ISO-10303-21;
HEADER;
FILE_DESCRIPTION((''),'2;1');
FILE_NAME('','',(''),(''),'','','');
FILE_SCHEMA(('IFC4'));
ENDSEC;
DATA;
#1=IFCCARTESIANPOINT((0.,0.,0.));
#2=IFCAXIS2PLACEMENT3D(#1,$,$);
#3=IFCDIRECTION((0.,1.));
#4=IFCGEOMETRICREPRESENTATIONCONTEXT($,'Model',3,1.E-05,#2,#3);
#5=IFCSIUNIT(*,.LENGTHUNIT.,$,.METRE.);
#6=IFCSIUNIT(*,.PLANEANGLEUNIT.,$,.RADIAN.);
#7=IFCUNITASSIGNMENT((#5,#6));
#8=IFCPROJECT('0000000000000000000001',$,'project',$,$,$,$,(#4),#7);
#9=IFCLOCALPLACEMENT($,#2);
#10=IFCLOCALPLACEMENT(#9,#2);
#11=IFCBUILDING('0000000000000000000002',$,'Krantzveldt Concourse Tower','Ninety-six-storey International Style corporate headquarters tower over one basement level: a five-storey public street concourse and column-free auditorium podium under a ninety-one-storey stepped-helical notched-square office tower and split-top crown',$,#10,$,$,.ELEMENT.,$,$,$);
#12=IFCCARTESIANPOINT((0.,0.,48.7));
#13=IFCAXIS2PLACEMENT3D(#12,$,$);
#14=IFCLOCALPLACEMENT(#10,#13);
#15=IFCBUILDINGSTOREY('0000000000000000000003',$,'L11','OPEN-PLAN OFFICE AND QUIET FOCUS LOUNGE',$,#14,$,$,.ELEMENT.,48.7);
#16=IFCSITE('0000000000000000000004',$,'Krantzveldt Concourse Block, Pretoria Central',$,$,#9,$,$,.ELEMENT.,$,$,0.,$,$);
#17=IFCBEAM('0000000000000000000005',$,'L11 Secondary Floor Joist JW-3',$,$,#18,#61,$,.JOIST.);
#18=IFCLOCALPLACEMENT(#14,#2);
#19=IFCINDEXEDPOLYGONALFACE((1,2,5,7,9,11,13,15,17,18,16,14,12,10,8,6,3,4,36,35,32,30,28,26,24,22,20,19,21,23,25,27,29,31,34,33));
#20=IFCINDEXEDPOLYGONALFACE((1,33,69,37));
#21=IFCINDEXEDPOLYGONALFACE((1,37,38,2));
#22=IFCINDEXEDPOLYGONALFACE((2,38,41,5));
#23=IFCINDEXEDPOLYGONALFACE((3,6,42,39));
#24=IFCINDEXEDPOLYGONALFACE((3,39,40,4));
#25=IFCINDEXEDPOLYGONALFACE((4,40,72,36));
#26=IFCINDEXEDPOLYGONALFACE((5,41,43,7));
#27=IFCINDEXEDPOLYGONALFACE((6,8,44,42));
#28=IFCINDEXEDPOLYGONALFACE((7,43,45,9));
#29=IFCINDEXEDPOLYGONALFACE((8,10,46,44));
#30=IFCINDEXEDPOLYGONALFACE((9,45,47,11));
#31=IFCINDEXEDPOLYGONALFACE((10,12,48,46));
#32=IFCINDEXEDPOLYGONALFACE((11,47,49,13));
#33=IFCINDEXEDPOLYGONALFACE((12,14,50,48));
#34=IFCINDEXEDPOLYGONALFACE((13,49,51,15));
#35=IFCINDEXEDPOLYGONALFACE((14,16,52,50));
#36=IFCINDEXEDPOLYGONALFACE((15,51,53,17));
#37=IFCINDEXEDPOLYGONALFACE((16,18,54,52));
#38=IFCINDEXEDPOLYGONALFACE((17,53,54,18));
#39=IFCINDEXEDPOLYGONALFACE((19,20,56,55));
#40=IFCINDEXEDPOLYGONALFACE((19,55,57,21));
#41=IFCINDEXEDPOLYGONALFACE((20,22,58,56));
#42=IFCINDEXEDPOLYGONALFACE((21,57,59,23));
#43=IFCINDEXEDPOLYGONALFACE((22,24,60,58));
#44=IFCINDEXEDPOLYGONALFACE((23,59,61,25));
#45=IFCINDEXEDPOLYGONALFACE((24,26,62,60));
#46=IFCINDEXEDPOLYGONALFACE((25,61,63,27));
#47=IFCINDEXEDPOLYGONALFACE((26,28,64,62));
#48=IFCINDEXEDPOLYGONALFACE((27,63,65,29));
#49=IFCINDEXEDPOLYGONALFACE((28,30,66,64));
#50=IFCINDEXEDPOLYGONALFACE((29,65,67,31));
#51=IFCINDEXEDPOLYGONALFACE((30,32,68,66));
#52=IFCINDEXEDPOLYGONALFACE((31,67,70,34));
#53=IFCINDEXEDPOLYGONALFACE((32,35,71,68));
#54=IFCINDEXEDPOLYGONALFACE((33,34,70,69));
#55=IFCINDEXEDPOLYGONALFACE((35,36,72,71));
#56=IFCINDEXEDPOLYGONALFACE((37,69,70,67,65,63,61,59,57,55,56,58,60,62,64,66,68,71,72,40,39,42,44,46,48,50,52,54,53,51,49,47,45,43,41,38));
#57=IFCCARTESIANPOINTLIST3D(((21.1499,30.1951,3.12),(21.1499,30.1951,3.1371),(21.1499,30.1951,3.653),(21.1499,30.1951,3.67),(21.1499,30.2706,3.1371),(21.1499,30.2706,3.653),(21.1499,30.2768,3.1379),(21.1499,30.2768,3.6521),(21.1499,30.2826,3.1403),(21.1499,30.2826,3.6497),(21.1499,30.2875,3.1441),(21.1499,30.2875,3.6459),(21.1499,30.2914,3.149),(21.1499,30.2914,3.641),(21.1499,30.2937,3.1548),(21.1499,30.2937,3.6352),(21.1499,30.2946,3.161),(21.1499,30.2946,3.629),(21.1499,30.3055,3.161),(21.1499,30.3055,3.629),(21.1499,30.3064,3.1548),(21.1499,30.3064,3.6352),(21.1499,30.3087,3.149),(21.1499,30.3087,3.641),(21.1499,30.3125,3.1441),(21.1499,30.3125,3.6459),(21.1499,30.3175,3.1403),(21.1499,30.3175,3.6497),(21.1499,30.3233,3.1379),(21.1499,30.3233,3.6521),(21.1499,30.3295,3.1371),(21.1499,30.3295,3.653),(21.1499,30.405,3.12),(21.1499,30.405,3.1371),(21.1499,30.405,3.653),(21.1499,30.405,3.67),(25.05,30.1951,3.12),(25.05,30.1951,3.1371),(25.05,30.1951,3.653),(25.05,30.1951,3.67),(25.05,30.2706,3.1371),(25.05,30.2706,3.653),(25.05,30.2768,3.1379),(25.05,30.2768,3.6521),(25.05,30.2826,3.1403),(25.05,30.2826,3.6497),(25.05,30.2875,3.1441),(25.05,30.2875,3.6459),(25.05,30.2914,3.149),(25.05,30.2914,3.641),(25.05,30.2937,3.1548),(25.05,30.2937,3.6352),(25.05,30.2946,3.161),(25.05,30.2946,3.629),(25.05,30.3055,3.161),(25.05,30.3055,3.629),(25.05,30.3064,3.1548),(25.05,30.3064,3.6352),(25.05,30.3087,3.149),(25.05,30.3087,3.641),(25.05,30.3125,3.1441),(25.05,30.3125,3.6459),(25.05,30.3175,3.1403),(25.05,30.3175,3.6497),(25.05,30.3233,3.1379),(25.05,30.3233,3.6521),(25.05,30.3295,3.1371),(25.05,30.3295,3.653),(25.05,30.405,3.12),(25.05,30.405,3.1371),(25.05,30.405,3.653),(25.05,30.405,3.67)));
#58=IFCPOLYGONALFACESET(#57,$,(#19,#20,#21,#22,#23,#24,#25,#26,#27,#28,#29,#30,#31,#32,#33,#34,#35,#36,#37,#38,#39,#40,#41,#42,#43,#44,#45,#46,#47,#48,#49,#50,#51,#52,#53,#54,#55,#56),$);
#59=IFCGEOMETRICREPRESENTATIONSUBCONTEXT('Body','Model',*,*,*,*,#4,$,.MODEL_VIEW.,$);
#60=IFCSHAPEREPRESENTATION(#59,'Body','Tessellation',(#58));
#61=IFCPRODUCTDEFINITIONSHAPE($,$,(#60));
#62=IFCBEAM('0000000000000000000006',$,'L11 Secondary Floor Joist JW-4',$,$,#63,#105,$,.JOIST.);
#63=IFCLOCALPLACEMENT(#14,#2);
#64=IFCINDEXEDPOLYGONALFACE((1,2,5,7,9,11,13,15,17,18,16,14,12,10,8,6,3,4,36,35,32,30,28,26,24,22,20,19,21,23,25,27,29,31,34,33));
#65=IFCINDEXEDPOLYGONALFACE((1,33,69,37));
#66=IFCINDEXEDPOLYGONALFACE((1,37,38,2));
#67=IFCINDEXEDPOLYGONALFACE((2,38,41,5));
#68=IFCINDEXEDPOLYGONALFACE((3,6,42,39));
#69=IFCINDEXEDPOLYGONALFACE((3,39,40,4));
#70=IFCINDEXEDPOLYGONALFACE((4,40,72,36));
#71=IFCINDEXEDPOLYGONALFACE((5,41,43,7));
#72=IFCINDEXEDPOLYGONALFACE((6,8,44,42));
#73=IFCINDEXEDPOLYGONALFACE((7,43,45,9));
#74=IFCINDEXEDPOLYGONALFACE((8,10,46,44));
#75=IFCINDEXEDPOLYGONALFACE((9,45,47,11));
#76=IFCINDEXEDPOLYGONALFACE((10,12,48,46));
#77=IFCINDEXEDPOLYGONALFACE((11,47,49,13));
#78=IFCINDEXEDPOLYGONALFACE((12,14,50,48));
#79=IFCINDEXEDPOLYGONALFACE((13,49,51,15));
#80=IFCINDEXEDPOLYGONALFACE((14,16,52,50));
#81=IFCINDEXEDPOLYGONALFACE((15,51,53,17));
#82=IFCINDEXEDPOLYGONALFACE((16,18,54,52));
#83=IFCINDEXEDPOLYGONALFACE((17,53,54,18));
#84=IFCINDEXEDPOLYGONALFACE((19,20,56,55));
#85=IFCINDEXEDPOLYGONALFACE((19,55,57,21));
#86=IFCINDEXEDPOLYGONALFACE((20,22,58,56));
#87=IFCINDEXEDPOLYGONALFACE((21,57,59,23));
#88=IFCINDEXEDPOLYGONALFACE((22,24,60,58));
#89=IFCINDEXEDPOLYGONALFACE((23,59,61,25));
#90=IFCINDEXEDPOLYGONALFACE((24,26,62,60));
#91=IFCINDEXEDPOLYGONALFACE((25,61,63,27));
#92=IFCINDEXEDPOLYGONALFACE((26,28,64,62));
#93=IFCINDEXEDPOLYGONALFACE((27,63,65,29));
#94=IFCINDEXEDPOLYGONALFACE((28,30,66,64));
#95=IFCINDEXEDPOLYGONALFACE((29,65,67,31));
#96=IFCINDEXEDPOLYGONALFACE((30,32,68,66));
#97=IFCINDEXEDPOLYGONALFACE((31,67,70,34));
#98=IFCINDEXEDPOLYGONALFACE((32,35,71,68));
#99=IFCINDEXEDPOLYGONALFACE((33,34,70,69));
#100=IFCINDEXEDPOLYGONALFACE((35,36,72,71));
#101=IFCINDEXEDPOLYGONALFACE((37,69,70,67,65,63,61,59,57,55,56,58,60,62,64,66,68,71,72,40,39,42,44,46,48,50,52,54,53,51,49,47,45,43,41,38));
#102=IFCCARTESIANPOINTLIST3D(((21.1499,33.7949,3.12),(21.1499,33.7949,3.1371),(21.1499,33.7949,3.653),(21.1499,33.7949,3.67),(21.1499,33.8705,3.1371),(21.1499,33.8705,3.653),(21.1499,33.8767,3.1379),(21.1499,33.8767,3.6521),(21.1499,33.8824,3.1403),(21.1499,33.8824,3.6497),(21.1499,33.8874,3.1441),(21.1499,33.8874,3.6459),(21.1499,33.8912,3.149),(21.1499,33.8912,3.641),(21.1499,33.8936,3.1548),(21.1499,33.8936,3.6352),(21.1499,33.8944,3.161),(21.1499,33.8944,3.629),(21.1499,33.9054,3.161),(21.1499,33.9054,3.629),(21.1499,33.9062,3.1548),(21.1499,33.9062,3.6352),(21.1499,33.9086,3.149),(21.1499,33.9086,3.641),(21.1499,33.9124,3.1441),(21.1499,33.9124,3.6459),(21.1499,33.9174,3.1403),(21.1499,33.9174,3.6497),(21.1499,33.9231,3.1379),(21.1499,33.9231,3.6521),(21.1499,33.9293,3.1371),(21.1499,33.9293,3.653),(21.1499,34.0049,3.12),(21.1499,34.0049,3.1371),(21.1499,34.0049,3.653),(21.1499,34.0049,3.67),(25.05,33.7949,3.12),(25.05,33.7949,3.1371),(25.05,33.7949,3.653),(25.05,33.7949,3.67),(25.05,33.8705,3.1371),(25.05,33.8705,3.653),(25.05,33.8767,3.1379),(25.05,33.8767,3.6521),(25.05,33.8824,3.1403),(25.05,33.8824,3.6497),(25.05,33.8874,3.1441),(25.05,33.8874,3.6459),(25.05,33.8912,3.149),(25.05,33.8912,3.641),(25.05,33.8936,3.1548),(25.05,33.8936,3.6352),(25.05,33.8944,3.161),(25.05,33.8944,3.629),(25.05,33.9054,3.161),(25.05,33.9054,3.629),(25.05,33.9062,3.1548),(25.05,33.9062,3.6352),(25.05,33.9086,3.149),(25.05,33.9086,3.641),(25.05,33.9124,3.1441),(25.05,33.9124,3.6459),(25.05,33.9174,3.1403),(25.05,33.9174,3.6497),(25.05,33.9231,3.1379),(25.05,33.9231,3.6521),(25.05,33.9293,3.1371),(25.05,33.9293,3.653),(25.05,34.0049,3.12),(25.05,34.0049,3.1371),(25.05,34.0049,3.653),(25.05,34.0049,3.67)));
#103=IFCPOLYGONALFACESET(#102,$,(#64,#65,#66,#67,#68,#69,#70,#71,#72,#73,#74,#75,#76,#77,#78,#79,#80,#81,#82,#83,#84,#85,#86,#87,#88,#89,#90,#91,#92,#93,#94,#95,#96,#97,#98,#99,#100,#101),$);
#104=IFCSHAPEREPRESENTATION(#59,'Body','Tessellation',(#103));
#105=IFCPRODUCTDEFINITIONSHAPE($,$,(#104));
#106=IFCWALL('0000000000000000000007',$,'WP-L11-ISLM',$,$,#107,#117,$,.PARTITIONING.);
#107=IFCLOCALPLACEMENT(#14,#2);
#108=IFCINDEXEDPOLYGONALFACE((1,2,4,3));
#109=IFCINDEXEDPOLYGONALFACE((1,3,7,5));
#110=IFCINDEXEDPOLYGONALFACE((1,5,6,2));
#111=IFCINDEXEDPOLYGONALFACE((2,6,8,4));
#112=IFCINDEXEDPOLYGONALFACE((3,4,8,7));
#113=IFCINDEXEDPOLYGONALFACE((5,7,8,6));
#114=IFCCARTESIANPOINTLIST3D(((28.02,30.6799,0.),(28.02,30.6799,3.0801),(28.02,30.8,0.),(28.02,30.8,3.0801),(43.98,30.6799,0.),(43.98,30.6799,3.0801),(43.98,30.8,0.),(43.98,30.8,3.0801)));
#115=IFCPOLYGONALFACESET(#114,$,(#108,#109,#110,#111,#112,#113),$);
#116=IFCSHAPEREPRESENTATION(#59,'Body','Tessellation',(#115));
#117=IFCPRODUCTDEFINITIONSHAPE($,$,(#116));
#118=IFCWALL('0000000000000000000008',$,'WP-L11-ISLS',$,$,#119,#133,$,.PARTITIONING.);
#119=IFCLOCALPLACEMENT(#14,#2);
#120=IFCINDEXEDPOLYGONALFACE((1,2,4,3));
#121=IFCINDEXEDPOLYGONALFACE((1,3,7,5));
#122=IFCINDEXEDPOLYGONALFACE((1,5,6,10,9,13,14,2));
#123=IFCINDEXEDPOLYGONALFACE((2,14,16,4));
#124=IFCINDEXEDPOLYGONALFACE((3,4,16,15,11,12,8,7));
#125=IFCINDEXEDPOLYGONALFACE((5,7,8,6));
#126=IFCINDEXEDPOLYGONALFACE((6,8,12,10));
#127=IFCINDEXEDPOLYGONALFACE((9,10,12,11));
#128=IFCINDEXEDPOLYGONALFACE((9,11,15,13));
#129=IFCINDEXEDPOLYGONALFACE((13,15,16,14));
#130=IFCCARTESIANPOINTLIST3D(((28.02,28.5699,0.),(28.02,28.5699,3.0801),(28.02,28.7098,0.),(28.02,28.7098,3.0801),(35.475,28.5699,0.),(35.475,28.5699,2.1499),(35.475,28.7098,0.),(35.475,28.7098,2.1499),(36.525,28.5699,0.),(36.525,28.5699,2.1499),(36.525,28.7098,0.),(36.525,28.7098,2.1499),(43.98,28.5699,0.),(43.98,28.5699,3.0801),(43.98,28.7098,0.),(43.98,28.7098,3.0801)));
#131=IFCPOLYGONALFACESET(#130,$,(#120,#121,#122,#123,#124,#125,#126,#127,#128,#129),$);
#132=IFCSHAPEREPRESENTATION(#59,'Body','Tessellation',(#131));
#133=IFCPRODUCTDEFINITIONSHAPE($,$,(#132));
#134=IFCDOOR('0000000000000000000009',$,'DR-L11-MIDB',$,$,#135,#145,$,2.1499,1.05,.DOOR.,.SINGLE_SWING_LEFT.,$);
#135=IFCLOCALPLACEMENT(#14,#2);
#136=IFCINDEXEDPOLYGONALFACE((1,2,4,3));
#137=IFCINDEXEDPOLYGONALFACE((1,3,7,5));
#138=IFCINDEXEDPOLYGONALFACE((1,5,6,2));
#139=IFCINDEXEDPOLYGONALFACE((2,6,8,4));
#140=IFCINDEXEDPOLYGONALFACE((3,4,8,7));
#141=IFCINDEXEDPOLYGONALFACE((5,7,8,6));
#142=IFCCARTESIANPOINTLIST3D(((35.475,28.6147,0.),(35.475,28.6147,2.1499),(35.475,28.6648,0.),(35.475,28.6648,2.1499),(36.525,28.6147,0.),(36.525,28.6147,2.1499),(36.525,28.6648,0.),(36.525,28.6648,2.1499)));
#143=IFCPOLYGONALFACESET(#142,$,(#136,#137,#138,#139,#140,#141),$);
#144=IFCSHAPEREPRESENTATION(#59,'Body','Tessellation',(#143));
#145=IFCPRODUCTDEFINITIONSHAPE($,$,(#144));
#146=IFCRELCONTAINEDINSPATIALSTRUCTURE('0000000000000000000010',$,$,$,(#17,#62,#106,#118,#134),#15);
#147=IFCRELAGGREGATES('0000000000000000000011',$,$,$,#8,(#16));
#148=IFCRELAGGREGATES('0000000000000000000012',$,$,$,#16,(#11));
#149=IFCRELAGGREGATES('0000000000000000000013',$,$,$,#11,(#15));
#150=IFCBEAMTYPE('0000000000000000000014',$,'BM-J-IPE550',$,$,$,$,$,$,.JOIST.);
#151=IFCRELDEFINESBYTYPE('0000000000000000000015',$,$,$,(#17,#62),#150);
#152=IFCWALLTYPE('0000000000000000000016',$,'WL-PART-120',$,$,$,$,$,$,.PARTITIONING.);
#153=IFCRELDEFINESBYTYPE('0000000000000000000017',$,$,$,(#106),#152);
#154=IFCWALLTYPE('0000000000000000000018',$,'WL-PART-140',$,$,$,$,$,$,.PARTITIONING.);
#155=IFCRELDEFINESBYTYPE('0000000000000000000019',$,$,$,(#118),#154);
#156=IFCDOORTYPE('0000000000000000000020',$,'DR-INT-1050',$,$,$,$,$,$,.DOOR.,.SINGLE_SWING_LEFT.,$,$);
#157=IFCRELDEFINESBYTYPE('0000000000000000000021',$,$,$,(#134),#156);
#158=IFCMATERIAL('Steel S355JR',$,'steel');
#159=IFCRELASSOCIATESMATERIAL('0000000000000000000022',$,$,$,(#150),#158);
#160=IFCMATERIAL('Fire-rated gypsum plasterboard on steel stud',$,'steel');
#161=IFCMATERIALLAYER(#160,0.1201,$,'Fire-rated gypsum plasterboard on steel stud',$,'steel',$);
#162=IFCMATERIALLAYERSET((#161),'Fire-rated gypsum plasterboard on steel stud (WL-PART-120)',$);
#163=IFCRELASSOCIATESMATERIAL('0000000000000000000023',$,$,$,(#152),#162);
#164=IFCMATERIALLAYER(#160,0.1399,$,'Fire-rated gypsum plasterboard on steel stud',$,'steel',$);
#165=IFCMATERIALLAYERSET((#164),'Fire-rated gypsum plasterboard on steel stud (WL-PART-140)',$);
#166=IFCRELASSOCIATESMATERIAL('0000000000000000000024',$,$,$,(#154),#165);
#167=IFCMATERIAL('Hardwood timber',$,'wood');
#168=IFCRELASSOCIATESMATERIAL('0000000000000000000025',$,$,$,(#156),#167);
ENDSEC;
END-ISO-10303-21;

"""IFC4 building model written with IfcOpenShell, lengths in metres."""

from ifc_helpers import new_model, si_unit, direction, frame, frame_2d, origin, origin_2d, place, context, subcontext, project, spatial, rectangle, i_section, extrude, source, transform, mapped, material, layer, layer_set, material_profile, profile_set, type_object, element, fill, save


model = new_model("IFC4")

# Units and contexts
model_context = context("Model", 3, precision=1e-05, world=origin(), true_north=direction((0.0, 1.0)))
body_context = subcontext(model_context, "Body", "Model", "MODEL_VIEW")
ifc_project = project(units=[si_unit("LENGTHUNIT", "METRE"), si_unit("PLANEANGLEUNIT", "RADIAN")], contexts=[model_context])

# Site, building, storey
site_placement = place(None, origin())
site = spatial("IfcSite", under=ifc_project, at=site_placement, Name="Krantzveldt Concourse Block, Pretoria Central", CompositionType="ELEMENT", RefElevation=0.0)
building_placement = place(site_placement, origin())
building = spatial("IfcBuilding", under=site, at=building_placement, Name="Krantzveldt Concourse Tower", Description="Ninety-six-storey International Style corporate headquarters tower over one basement level: a five-storey public street concourse and column-free auditorium podium under a ninety-one-storey stepped-helical notched-square office tower and split-top crown", CompositionType="ELEMENT")
storey_placement = place(building_placement, frame((0.0, 0.0, 48.7)))
storey = spatial("IfcBuildingStorey", under=building, at=storey_placement, Name="L11", Description="OPEN-PLAN OFFICE AND QUIET FOCUS LOUNGE", CompositionType="ELEMENT", Elevation=48.7)

# Beams
ifc_material_1 = material(Name="Steel S355JR", Category="steel")
ifc_material_profile_1 = material_profile(ifc_material_1, i_section(OverallWidth=0.21, OverallDepth=0.55, WebThickness=0.011, FlangeThickness=0.0171, FilletRadius=0.0239, at=origin_2d()), Name="Steel S355JR", Category="steel")
ifc_profile_set_1 = profile_set([ifc_material_profile_1], Name="Steel S355JR - IPE 550")
beam_type_1 = type_object("IfcBeamType", Name="BM-J-IPE550", PredefinedType="JOIST", material=ifc_profile_set_1)
shared_shape_1 = source(origin(), body_context, "Body", "SweptSolid", [
    extrude(i_section(OverallWidth=0.21, OverallDepth=0.55, WebThickness=0.011, FlangeThickness=0.0171, FilletRadius=0.0239, at=origin_2d()), origin(), (0.0, 0.0, 1.0), 3.9001),
])
for number, where, z_axis, x_axis, name in (
    (1, (21.1499, 30.3, 3.395), (1.0, 0.0, 0.0), (0.0, 1.0, 0.0), "L11 Secondary Floor Joist JW-3"),
    (2, (21.1499, 33.8999, 3.395), (1.0, 0.0, 0.0), (0.0, 1.0, 0.0), "L11 Secondary Floor Joist JW-4"),
):
    element("IfcBeam", number, at=place(storey_placement, frame(where, z_axis=z_axis, x_axis=x_axis)), inside=storey, type_object=beam_type_1, Name=name, PredefinedType="JOIST", context=body_context, shape_type="MappedRepresentation", body=[
        mapped(shared_shape_1, transform((0.0, 0.0, 0.0), x_axis=(1.0, 0.0, 0.0), y_axis=(0.0, 1.0, 0.0), z_axis=(0.0, 0.0, 1.0), scale=1.0)),
    ])

# Wall
ifc_material_2 = material(Name="Fire-rated gypsum plasterboard on steel stud", Category="steel")
ifc_layer_1 = layer(ifc_material_2, 0.1201, Name="Fire-rated gypsum plasterboard on steel stud", Category="steel")
ifc_layer_set_1 = layer_set([ifc_layer_1], Name="Fire-rated gypsum plasterboard on steel stud (WL-PART-120)")
wall_type_1 = type_object("IfcWallType", Name="WL-PART-120", PredefinedType="PARTITIONING", material=ifc_layer_set_1)
wall_1_placement = place(storey_placement, frame((28.02, 30.74, 0.0), z_axis=(0.0, 0.0, 1.0), x_axis=(1.0, 0.0, 0.0)))
element("IfcWall", 3, at=wall_1_placement, inside=storey, type_object=wall_type_1, Name="WP-L11-ISLM", PredefinedType="PARTITIONING", context=body_context, shape_type="SweptSolid", body=[
    extrude(rectangle(XDim=15.96, YDim=0.1201, at=frame_2d((7.98, 0.0))), origin(), (0.0, 0.0, 1.0), 3.0801),
])

# Wall, opening, door
ifc_layer_2 = layer(ifc_material_2, 0.1399, Name="Fire-rated gypsum plasterboard on steel stud", Category="steel")
ifc_layer_set_2 = layer_set([ifc_layer_2], Name="Fire-rated gypsum plasterboard on steel stud (WL-PART-140)")
wall_type_2 = type_object("IfcWallType", Name="WL-PART-140", PredefinedType="PARTITIONING", material=ifc_layer_set_2)
wall_2_placement = place(storey_placement, frame((28.02, 28.6399, 0.0), z_axis=(0.0, 0.0, 1.0), x_axis=(1.0, 0.0, 0.0)))
wall_2 = element("IfcWall", 4, at=wall_2_placement, inside=storey, type_object=wall_type_2, Name="WP-L11-ISLS", PredefinedType="PARTITIONING", context=body_context, shape_type="SweptSolid", body=[
    extrude(rectangle(XDim=15.96, YDim=0.1399, at=frame_2d((7.98, 0.0))), origin(), (0.0, 0.0, 1.0), 3.0801),
])
opening_1_placement = place(wall_2_placement, frame((7.4551, 0.0, 0.0)))
opening_1 = element("IfcOpeningElement", 5, at=opening_1_placement, cuts=wall_2, PredefinedType="OPENING", context=body_context, shape_type="SweptSolid", body=[
    extrude(rectangle(XDim=1.05, YDim=2.1499, at=frame_2d((0.5249, 1.075))), frame((0.0, 0.0801, 0.0), z_axis=(0.0, -1.0, 0.0), x_axis=(1.0, 0.0, 0.0)), (0.0, 0.0, 1.0), 0.1599),
])
ifc_material_3 = material(Name="Hardwood timber", Category="wood")
door_type_1 = type_object("IfcDoorType", Name="DR-INT-1050", OperationType="SINGLE_SWING_LEFT", PredefinedType="DOOR", material=ifc_material_3)
door_1_placement = place(opening_1_placement, origin())
door_1 = element("IfcDoor", 6, at=door_1_placement, inside=storey, type_object=door_type_1, Name="DR-L11-MIDB", OperationType="SINGLE_SWING_LEFT", OverallHeight=2.1499, OverallWidth=1.05, PredefinedType="DOOR", context=body_context, shape_type="SweptSolid", body=[
    extrude(rectangle(XDim=1.05, YDim=2.1499, at=frame_2d((0.5249, 1.075))), frame((0.0, 0.0249, 0.0), z_axis=(0.0, -1.0, 0.0), x_axis=(1.0, 0.0, 0.0)), (0.0, 0.0, 1.0), 0.05),
])
fill(opening_1, door_1)

save(model, "model.ifc")
